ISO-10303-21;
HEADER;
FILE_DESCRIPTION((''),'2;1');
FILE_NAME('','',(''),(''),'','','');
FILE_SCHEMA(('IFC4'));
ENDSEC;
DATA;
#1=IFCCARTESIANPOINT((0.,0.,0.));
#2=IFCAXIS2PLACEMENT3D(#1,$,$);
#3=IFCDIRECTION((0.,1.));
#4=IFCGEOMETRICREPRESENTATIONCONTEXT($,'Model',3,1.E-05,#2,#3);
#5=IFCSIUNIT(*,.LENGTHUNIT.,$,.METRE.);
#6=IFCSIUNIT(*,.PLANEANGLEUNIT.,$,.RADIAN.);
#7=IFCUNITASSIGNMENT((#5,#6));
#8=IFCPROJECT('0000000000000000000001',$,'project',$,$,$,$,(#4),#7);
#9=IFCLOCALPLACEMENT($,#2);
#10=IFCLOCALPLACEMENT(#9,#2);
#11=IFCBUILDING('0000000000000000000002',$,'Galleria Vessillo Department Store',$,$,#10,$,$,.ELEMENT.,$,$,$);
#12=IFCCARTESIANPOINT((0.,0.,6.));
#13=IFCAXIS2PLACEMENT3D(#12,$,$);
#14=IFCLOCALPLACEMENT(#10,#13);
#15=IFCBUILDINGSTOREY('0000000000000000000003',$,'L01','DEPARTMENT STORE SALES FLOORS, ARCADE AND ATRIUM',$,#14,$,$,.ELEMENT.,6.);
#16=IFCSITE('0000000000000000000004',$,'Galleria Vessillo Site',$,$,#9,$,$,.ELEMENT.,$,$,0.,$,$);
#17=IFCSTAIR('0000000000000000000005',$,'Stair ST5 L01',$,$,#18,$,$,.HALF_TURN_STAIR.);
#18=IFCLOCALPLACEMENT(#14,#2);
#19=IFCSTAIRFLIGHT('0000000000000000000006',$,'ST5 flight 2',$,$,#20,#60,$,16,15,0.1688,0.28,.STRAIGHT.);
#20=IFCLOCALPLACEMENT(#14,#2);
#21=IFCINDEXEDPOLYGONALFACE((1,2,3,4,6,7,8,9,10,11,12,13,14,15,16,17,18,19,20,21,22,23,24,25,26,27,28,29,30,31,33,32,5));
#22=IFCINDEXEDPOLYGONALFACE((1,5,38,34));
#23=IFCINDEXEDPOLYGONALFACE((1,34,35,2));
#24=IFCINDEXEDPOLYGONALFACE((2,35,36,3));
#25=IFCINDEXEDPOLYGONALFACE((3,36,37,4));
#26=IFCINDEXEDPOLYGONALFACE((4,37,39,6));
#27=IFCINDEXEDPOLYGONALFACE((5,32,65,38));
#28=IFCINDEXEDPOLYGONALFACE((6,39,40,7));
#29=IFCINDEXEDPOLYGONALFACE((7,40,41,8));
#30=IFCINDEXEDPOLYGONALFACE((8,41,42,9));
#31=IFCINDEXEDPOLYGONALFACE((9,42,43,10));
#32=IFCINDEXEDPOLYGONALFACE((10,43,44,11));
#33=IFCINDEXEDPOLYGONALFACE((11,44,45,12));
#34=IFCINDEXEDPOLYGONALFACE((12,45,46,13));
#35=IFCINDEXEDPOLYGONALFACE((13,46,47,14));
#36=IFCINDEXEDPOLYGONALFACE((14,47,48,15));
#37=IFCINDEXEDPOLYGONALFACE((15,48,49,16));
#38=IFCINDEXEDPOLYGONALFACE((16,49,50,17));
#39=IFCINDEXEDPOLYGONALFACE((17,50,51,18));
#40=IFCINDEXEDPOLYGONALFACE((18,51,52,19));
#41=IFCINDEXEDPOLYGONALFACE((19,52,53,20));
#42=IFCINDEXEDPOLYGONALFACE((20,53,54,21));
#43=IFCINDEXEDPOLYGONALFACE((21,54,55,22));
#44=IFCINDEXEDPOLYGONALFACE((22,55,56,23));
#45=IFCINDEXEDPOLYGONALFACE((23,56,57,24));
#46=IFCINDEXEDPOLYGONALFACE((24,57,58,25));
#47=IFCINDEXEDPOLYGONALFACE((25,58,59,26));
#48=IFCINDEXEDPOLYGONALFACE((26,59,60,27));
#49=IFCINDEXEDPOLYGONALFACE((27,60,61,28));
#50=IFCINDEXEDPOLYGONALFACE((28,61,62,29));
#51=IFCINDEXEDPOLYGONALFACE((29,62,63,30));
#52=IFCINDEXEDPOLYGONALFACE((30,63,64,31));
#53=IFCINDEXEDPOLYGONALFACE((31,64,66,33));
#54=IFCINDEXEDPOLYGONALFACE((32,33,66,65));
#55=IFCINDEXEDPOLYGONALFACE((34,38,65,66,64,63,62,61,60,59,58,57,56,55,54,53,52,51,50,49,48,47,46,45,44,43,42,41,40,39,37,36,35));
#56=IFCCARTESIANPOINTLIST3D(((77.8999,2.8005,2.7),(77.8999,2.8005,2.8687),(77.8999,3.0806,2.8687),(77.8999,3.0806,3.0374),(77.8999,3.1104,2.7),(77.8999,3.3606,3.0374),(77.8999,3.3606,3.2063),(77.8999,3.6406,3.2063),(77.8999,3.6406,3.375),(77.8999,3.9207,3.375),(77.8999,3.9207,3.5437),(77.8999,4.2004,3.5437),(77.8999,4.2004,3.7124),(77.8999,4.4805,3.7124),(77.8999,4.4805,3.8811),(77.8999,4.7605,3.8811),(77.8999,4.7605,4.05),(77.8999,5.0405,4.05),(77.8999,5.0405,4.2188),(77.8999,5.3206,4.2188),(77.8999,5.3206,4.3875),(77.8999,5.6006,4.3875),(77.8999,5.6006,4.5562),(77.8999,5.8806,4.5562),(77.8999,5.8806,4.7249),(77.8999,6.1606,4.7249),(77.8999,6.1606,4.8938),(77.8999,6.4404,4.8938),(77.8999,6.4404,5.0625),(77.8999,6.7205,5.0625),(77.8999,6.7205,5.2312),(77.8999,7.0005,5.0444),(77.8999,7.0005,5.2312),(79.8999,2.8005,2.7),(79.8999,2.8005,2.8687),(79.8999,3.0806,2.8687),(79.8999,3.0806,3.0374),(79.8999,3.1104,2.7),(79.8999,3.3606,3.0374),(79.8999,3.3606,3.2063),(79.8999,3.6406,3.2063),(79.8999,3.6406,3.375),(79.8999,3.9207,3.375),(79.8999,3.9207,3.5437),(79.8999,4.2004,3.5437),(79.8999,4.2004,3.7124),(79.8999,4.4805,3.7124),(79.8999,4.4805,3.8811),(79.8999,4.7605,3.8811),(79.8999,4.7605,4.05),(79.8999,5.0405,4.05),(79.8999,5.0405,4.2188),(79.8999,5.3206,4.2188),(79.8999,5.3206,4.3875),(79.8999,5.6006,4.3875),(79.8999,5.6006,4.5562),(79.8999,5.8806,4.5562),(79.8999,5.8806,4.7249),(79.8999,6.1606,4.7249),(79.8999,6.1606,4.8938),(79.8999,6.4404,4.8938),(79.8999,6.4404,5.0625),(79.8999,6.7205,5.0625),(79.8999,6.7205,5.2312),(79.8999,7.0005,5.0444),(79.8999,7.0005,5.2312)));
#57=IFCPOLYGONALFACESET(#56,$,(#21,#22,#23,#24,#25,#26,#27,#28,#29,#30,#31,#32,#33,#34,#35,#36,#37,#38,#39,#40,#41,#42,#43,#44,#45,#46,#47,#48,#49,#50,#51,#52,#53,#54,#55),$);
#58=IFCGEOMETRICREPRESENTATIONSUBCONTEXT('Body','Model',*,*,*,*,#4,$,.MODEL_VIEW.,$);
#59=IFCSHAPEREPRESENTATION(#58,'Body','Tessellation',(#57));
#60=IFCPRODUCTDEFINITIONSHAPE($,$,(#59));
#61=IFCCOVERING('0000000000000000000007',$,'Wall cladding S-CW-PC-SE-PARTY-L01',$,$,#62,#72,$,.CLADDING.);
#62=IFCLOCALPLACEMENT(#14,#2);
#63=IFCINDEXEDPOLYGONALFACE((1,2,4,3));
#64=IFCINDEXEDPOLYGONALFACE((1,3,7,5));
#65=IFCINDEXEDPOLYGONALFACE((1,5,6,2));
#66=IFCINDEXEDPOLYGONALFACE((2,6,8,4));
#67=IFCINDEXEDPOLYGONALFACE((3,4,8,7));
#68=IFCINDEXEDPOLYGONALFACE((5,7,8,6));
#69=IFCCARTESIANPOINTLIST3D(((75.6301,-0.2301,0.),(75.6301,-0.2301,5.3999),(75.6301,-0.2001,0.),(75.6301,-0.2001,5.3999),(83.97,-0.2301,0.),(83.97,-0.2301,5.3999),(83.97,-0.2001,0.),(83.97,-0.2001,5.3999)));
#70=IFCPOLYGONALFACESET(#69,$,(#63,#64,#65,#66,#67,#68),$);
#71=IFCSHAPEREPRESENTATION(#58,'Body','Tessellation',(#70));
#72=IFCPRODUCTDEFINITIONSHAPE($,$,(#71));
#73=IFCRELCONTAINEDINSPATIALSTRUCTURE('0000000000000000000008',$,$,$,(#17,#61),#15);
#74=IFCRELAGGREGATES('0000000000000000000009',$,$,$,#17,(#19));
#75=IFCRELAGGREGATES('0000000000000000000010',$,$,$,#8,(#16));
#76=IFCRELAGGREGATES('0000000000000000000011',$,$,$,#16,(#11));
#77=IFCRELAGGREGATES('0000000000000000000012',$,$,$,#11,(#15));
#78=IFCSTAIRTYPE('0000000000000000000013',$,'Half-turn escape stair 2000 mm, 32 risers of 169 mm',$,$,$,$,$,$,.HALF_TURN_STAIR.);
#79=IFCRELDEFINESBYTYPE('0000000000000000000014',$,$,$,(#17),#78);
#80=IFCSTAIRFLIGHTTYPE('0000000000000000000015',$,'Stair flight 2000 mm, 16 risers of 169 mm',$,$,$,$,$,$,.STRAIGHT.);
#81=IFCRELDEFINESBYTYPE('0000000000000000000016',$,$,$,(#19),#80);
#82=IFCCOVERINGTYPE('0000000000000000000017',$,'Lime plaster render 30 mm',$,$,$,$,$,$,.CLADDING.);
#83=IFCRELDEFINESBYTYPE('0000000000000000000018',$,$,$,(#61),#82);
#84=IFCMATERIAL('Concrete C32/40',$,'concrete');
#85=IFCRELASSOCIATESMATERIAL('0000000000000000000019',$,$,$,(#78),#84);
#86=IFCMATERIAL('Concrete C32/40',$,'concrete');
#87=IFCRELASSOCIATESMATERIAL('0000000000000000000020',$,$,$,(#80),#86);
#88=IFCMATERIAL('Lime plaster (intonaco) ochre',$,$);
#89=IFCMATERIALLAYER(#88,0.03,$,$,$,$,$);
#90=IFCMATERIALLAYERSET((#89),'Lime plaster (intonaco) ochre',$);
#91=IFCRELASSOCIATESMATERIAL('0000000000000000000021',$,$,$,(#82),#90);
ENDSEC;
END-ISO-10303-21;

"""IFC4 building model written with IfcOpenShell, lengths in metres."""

from ifc_helpers import new_model, si_unit, direction, frame, origin, origin_2d, place, context, subcontext, project, spatial, polyline, rectangle, outline, extrude, material, layer, layer_set, type_object, element, aggregate, save


model = new_model("IFC4")

# Units and contexts
model_context = context("Model", 3, precision=1e-05, world=origin(), true_north=direction((0.0, 1.0)))
body_context = subcontext(model_context, "Body", "Model", "MODEL_VIEW")
ifc_project = project(units=[si_unit("LENGTHUNIT", "METRE"), si_unit("PLANEANGLEUNIT", "RADIAN")], contexts=[model_context])

# Site, building, storey
site_placement = place(None, origin())
site = spatial("IfcSite", under=ifc_project, at=site_placement, Name="Galleria Vessillo Site", CompositionType="ELEMENT", RefElevation=0.0)
building_placement = place(site_placement, origin())
building = spatial("IfcBuilding", under=site, at=building_placement, Name="Galleria Vessillo Department Store", CompositionType="ELEMENT")
storey_placement = place(building_placement, frame((0.0, 0.0, 6.0)))
storey = spatial("IfcBuildingStorey", under=building, at=storey_placement, Name="L01", Description="DEPARTMENT STORE SALES FLOORS, ARCADE AND ATRIUM", CompositionType="ELEMENT", Elevation=6.0)

# Stair, stair flight
ifc_material_1 = material(Name="Concrete C32/40", Category="concrete")
stair_type = type_object("IfcStairType", Name="Half-turn escape stair 2000 mm, 32 risers of 169 mm", PredefinedType="HALF_TURN_STAIR", material=ifc_material_1)
stair_placement = place(storey_placement, origin())
stair = element("IfcStair", 1, at=stair_placement, inside=storey, type_object=stair_type, Name="Stair ST5 L01", PredefinedType="HALF_TURN_STAIR")
ifc_material_2 = material(Name="Concrete C32/40", Category="concrete")
stair_flight_type = type_object("IfcStairFlightType", Name="Stair flight 2000 mm, 16 risers of 169 mm", PredefinedType="STRAIGHT", material=ifc_material_2)
stair_flight_1_placement = place(storey_placement, frame((78.8999, 2.8005, 2.7), z_axis=(0.0, 0.0, 1.0), x_axis=(0.0, 1.0, 0.0)))
stair_flight_1 = element("IfcStairFlight", 2, at=stair_flight_1_placement, type_object=stair_flight_type, Name="ST5 flight 2", NumberOfRisers=16, NumberOfTreads=15, PredefinedType="STRAIGHT", RiserHeight=0.1688, TreadLength=0.28, context=body_context, shape_type="SweptSolid", body=[
    extrude(outline(polyline([(0.0, 0.0), (0.0, 0.1687), (0.28, 0.1687), (0.28, 0.3374), (0.5601, 0.3374), (0.5601, 0.5063), (0.8401, 0.5063), (0.8401, 0.675), (1.1201, 0.675), (1.1201, 0.8438), (1.3999, 0.8438), (1.3999, 1.0125), (1.6799, 1.0125), (1.6799, 1.1812), (1.96, 1.1812), (1.96, 1.3501), (2.24, 1.3501), (2.24, 1.5188), (2.52, 1.5188), (2.52, 1.6875), (2.8, 1.6875), (2.8, 1.8562), (3.0801, 1.8562), (3.0801, 2.0249), (3.3601, 2.0249), (3.3601, 2.1938), (3.6399, 2.1938), (3.6399, 2.3625), (3.9199, 2.3625), (3.9199, 2.5312), (4.2, 2.5312), (4.2, 2.7), (4.2, 2.3445), (0.3098, 0.0), (0.0, 0.0)])), frame((0.0, 1.0, 0.0), z_axis=(0.0, -1.0, 0.0), x_axis=(1.0, 0.0, 0.0)), (0.0, 0.0, 1.0), 2.0),
])
aggregate(stair, [stair_flight_1])

# Covering
ifc_material_3 = material(Name="Lime plaster (intonaco) ochre")
ifc_layer_1 = layer(ifc_material_3, 0.03)
ifc_layer_set_1 = layer_set([ifc_layer_1], Name="Lime plaster (intonaco) ochre")
covering_type = type_object("IfcCoveringType", Name="Lime plaster render 30 mm", PredefinedType="CLADDING", material=ifc_layer_set_1)
covering_placement = place(storey_placement, frame((79.8, -0.2151, 0.0), z_axis=(0.0, 0.0, 1.0), x_axis=(1.0, 0.0, 0.0)))
element("IfcCovering", 3, at=covering_placement, inside=storey, type_object=covering_type, Name="Wall cladding S-CW-PC-SE-PARTY-L01", PredefinedType="CLADDING", context=body_context, shape_type="SweptSolid", body=[
    extrude(rectangle(XDim=8.3398, YDim=0.03, at=origin_2d()), origin(), (0.0, 0.0, 1.0), 5.3999),
])

save(model, "model.ifc")
